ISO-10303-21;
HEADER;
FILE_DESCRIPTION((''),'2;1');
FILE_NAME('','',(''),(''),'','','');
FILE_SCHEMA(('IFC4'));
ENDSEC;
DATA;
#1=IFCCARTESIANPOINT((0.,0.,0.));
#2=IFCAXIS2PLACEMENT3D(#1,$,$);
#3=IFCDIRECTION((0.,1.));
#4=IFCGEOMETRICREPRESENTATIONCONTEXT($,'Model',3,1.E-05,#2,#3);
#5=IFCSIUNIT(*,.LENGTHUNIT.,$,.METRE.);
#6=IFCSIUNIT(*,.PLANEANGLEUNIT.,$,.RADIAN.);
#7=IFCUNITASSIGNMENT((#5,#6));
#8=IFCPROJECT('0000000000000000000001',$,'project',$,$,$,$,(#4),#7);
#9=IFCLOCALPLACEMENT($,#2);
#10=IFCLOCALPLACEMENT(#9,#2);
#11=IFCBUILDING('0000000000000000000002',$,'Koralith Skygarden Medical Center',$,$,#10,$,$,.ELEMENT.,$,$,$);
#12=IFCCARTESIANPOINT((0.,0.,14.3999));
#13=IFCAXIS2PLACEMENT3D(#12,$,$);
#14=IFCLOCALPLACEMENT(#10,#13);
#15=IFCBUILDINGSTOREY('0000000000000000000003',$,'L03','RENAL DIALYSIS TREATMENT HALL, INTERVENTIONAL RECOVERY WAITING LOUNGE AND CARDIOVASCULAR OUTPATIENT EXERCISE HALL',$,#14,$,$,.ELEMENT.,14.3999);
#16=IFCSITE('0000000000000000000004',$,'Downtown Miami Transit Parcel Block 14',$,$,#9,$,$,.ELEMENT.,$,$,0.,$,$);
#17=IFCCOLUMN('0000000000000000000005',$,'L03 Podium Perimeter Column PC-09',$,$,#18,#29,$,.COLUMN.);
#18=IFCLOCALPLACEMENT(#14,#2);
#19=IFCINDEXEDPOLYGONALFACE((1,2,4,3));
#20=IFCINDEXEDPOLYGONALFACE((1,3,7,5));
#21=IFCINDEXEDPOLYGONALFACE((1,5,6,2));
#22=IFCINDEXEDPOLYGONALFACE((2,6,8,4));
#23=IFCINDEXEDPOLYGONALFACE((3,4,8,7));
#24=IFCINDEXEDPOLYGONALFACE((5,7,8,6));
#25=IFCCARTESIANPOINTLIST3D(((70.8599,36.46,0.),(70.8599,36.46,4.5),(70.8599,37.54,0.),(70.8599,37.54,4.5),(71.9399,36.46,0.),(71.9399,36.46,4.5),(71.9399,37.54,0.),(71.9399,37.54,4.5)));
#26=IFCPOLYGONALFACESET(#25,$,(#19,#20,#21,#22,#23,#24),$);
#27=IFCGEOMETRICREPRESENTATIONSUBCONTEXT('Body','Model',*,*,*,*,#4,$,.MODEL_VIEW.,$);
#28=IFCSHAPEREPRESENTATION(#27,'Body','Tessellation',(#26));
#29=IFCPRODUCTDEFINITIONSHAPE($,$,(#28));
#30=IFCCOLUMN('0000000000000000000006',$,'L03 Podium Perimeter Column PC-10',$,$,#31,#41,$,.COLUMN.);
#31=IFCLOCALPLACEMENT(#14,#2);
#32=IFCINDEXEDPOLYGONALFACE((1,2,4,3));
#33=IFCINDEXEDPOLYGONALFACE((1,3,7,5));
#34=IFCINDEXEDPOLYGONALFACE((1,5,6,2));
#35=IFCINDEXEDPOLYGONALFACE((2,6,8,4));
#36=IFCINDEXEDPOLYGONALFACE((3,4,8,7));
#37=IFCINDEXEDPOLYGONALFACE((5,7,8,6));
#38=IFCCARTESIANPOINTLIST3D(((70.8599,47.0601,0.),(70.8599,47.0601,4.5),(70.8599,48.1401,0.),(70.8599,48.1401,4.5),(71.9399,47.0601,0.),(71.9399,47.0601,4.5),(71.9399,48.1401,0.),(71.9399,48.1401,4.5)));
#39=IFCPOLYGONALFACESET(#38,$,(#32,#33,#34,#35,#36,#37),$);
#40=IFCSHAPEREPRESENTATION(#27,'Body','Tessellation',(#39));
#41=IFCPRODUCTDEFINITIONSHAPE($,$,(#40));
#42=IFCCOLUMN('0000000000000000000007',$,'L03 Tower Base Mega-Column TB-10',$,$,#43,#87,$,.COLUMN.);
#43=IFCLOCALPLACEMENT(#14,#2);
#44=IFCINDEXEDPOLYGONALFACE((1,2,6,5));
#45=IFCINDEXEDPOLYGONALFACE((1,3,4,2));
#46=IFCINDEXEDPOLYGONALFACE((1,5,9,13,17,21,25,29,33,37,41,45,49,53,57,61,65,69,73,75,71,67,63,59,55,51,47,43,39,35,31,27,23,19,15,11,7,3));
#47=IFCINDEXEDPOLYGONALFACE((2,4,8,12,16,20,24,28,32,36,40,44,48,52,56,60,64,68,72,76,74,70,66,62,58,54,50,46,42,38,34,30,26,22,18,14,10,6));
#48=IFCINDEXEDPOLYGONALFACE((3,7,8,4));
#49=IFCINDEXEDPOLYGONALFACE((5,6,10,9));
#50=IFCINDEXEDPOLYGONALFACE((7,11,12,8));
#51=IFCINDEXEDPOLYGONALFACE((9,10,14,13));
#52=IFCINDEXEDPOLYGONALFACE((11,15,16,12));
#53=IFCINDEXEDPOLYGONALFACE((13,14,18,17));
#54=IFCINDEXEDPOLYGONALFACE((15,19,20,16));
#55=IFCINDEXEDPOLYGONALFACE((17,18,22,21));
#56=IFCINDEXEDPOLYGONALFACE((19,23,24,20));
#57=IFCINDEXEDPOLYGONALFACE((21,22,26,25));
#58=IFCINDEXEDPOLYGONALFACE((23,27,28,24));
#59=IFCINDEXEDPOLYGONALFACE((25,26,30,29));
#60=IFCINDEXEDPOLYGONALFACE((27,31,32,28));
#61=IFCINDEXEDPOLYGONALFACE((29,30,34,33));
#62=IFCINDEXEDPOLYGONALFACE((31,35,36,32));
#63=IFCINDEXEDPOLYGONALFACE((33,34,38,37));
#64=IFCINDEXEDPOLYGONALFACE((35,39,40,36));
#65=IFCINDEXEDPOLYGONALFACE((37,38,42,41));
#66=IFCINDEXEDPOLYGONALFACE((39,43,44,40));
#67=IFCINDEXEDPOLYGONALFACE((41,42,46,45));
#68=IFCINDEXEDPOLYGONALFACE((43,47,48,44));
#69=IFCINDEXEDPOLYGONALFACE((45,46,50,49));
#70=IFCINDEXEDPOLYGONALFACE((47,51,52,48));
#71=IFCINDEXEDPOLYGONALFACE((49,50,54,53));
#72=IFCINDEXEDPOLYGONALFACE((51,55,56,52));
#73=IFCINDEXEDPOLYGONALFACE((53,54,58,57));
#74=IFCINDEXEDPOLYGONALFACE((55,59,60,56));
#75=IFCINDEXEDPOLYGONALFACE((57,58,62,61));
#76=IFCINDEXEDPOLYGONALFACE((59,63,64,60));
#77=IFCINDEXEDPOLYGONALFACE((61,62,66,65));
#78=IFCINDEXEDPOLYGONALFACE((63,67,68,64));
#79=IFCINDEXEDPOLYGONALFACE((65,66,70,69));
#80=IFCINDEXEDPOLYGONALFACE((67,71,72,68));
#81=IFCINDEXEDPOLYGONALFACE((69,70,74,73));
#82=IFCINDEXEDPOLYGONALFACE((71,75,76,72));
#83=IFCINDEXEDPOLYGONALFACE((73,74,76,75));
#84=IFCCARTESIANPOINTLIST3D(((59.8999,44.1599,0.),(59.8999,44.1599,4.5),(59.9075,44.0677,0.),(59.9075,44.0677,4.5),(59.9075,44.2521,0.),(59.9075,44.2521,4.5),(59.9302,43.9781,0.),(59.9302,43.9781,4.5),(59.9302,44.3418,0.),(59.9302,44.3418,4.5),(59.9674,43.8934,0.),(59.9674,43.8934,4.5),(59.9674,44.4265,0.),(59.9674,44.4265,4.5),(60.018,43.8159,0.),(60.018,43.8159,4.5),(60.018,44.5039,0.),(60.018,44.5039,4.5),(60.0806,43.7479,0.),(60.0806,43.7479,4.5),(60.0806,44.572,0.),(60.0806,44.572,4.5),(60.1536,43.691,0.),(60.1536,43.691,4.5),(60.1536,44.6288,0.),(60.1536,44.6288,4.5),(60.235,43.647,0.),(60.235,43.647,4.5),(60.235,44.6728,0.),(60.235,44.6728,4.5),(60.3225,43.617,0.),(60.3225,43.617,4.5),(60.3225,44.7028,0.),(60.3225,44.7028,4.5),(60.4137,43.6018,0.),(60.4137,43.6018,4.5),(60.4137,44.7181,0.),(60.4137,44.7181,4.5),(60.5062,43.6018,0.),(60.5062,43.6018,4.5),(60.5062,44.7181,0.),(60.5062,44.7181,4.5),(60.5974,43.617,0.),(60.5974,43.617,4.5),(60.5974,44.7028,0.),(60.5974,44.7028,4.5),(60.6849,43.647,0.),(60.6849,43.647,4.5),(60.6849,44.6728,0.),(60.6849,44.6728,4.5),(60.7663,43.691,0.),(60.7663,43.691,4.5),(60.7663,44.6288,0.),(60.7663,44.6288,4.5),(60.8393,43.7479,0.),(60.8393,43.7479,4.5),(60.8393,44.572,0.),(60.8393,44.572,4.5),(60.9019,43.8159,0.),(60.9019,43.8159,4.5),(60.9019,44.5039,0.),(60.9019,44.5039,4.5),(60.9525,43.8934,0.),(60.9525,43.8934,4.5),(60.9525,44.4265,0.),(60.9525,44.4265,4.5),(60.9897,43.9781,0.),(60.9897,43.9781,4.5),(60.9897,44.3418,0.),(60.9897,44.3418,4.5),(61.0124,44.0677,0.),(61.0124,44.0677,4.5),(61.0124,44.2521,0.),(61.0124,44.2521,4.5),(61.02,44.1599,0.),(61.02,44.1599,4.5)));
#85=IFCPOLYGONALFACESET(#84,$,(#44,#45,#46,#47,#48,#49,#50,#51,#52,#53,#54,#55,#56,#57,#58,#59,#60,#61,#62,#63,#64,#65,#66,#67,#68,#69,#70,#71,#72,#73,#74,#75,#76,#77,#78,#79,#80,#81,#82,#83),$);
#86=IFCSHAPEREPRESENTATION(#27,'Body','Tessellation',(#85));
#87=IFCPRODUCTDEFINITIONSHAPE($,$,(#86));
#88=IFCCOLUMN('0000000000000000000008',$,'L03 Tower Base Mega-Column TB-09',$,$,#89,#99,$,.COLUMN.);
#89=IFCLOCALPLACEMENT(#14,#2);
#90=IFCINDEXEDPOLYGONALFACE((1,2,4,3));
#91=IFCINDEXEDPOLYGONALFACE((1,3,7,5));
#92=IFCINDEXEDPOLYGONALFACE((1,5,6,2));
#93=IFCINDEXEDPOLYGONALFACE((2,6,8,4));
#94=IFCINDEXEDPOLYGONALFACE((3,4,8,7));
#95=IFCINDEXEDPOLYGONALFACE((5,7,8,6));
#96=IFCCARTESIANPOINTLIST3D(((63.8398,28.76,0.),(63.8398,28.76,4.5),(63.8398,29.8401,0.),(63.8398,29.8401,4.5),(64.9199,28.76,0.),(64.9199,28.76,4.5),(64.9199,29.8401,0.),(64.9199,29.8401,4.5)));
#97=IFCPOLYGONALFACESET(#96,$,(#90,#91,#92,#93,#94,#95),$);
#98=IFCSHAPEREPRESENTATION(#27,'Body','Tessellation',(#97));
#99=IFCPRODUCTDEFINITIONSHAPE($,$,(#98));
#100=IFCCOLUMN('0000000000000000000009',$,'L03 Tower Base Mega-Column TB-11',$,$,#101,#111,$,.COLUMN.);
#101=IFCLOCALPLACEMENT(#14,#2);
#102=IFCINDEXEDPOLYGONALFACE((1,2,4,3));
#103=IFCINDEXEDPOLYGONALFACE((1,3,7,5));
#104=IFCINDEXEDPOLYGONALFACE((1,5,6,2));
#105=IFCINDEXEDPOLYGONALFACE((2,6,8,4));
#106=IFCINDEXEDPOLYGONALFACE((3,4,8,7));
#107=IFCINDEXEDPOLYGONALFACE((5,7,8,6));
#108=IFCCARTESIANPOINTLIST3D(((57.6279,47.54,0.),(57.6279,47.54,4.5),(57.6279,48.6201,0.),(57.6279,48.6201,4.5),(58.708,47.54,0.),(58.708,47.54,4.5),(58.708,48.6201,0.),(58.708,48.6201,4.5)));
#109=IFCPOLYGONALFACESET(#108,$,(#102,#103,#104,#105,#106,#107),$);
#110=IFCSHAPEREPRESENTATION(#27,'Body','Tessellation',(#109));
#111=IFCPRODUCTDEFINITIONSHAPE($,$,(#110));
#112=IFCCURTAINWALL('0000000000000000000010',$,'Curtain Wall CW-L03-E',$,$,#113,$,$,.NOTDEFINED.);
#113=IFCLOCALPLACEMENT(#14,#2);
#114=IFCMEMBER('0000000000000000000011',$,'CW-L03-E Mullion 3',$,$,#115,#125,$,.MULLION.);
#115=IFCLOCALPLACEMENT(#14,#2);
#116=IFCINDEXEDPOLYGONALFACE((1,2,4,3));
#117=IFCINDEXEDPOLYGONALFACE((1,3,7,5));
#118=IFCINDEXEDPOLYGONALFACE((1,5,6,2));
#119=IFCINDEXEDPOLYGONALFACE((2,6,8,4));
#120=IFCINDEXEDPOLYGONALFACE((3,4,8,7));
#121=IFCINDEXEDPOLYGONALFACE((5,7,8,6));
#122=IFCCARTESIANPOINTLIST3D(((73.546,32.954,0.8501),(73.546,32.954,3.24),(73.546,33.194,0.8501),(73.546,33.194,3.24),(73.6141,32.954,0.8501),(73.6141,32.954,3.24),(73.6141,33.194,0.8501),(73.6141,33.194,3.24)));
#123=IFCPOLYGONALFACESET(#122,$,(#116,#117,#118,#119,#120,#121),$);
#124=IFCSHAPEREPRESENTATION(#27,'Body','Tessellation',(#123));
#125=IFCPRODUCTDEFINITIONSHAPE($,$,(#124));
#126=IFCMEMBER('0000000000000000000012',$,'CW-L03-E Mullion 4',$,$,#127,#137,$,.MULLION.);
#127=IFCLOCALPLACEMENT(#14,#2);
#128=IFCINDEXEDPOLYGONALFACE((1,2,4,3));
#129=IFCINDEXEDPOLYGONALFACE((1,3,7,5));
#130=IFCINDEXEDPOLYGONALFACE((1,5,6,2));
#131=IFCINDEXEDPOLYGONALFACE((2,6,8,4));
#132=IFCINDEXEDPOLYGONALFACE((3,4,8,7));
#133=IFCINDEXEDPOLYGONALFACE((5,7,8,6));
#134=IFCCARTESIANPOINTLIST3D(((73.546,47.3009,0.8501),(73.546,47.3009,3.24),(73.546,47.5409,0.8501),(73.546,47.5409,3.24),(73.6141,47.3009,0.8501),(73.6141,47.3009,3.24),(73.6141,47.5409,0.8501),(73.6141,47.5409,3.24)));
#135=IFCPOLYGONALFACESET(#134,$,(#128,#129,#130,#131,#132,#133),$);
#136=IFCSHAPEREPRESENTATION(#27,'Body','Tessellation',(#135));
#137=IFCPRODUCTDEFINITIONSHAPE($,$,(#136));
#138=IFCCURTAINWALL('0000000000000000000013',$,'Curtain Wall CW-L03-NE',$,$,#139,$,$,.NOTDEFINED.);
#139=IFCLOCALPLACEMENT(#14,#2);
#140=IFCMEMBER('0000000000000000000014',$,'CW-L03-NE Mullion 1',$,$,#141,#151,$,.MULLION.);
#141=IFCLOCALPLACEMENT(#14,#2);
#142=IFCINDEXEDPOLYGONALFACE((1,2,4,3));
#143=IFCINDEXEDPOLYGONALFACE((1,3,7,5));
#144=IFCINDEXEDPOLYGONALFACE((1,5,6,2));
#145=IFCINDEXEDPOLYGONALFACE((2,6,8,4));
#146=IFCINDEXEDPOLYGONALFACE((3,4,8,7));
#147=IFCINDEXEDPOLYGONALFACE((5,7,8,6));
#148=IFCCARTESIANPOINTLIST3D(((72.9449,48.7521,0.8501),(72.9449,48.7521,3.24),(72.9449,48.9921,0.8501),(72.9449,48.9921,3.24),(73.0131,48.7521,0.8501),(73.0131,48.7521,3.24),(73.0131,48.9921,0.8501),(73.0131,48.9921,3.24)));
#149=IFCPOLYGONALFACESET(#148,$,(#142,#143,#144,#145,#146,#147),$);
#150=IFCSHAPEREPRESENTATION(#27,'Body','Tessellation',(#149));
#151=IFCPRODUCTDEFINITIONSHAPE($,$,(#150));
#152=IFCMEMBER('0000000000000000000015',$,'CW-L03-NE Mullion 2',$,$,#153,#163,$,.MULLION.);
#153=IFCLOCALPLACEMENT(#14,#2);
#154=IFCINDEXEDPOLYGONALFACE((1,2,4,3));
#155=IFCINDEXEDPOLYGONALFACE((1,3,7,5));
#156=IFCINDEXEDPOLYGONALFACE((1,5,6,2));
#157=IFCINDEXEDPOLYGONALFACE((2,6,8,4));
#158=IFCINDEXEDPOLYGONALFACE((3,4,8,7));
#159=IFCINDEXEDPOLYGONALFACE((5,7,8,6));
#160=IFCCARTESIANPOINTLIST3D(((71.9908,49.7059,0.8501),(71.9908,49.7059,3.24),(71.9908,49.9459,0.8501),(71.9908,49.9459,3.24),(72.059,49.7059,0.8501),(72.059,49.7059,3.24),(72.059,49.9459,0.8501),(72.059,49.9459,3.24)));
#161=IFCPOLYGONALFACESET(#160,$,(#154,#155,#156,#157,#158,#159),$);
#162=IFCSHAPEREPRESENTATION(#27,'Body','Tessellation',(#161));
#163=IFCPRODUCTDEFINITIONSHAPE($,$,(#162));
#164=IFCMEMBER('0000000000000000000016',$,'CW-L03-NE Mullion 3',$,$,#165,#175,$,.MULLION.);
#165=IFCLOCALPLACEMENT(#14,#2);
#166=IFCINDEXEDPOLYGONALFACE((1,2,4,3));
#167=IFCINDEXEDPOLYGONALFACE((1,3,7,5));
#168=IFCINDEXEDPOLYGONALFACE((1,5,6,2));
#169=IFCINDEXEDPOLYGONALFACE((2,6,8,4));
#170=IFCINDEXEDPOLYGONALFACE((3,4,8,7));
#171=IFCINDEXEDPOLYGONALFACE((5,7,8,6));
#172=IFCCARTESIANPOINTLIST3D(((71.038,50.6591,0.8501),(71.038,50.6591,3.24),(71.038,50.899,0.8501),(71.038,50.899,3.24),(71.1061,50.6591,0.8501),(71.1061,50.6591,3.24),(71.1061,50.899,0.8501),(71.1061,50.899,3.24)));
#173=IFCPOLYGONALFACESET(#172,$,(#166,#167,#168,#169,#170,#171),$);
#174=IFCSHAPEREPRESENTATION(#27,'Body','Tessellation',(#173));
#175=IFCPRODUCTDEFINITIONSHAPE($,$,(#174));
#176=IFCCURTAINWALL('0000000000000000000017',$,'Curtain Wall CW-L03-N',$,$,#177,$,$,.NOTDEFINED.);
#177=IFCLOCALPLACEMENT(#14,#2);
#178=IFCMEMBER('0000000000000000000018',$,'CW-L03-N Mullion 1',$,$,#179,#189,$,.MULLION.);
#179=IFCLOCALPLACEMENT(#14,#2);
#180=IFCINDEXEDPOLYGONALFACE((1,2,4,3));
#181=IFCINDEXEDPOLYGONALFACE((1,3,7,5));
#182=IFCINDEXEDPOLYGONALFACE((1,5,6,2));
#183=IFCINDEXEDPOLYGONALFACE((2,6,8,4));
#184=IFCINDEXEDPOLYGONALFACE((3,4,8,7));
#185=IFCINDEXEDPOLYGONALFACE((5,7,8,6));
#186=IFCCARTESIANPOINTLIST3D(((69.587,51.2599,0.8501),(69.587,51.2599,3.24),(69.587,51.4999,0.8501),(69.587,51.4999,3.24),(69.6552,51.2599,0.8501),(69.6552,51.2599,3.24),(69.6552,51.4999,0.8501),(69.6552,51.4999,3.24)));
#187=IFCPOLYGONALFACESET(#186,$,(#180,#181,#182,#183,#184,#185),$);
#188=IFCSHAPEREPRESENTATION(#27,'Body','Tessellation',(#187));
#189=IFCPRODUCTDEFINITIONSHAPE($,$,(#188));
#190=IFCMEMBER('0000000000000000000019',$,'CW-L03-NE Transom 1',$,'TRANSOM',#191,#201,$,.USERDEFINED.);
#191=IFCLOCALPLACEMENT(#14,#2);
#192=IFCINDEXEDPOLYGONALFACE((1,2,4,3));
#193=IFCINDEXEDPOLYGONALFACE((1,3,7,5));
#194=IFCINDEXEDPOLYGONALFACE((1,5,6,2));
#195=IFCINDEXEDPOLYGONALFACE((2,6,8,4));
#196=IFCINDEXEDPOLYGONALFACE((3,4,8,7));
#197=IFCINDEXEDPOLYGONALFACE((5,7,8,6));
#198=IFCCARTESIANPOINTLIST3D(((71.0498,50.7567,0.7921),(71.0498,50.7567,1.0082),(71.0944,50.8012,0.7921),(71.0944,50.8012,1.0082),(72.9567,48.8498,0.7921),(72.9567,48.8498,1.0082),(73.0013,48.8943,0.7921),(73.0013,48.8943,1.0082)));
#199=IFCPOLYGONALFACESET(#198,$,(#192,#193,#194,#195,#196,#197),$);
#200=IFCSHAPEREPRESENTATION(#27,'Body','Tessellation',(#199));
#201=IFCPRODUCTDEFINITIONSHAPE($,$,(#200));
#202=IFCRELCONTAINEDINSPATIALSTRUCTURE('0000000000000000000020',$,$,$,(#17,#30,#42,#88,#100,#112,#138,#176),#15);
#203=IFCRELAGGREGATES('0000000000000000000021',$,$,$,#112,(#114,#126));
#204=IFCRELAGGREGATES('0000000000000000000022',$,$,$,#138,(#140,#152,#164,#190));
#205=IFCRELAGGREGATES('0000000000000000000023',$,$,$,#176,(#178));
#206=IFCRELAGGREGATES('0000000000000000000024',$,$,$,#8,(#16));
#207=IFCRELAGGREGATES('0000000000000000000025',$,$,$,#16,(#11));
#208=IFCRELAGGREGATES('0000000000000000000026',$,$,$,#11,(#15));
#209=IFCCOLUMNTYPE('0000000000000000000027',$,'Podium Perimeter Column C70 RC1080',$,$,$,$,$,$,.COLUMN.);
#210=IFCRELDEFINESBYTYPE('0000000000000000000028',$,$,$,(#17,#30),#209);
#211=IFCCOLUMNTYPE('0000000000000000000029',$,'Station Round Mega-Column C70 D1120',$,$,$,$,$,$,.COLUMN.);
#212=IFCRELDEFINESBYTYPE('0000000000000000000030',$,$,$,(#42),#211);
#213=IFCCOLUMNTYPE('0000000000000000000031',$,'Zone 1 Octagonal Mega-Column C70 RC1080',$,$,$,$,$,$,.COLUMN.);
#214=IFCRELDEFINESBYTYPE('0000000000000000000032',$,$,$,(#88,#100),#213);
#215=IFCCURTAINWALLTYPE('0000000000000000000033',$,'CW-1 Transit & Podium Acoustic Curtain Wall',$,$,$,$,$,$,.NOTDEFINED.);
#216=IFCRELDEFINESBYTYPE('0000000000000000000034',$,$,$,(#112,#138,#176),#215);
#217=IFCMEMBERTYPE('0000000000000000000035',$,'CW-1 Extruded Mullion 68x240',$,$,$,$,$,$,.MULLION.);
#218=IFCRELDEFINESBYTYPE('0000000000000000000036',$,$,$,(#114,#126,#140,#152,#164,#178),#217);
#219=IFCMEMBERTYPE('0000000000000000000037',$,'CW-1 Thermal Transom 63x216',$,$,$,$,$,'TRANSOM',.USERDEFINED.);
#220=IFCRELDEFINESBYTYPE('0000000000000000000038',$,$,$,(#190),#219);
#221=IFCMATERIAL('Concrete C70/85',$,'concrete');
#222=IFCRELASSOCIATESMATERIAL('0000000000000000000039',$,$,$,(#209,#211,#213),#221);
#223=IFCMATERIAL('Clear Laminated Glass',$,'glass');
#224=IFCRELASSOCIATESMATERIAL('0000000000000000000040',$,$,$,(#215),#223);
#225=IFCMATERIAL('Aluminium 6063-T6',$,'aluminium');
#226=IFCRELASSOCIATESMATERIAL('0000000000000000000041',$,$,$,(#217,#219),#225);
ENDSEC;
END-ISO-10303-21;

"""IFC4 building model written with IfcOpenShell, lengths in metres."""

from ifc_helpers import new_model, si_unit, direction, frame, origin, origin_2d, place, context, subcontext, project, spatial, rectangle, circle, extrude, material, material_profile, profile_set, type_object, element, aggregate, save


model = new_model("IFC4")

# Units and contexts
model_context = context("Model", 3, precision=1e-05, world=origin(), true_north=direction((0.0, 1.0)))
body_context = subcontext(model_context, "Body", "Model", "MODEL_VIEW")
ifc_project = project(units=[si_unit("LENGTHUNIT", "METRE"), si_unit("PLANEANGLEUNIT", "RADIAN")], contexts=[model_context])

# Site, building, storey
site_placement = place(None, origin())
site = spatial("IfcSite", under=ifc_project, at=site_placement, Name="Downtown Miami Transit Parcel Block 14", CompositionType="ELEMENT", RefElevation=0.0)
building_placement = place(site_placement, origin())
building = spatial("IfcBuilding", under=site, at=building_placement, Name="Koralith Skygarden Medical Center", CompositionType="ELEMENT")
storey_placement = place(building_placement, frame((0.0, 0.0, 14.3999)))
storey = spatial("IfcBuildingStorey", under=building, at=storey_placement, Name="L03", Description="RENAL DIALYSIS TREATMENT HALL, INTERVENTIONAL RECOVERY WAITING LOUNGE AND CARDIOVASCULAR OUTPATIENT EXERCISE HALL", CompositionType="ELEMENT", Elevation=14.3999)

# Columns
ifc_material_1 = material(Name="Concrete C70/85", Category="concrete")
ifc_material_profile_1 = material_profile(ifc_material_1, rectangle(XDim=1.0801, YDim=1.0801, at=origin_2d()), Name="RC1080X1080")
ifc_profile_set_1 = profile_set([ifc_material_profile_1], Name="Concrete C70/85")
column_type_1 = type_object("IfcColumnType", Name="Podium Perimeter Column C70 RC1080", PredefinedType="COLUMN", material=ifc_profile_set_1)
for number, where, z_axis, x_axis, name in (
    (1, (71.3999, 37.0, 0.0), (0.0, 0.0, 1.0), (1.0, 0.0, 0.0), "L03 Podium Perimeter Column PC-09"),
    (2, (71.3999, 47.6001, 0.0), (0.0, 0.0, 1.0), (1.0, 0.0, 0.0), "L03 Podium Perimeter Column PC-10"),
):
    element("IfcColumn", number, at=place(storey_placement, frame(where, z_axis=z_axis, x_axis=x_axis)), inside=storey, type_object=column_type_1, Name=name, PredefinedType="COLUMN", context=body_context, shape_type="SweptSolid", body=[
        extrude(rectangle(XDim=1.0801, YDim=1.0801, at=origin_2d()), origin(), (0.0, 0.0, 1.0), 4.5),
    ])
ifc_material_profile_2 = material_profile(ifc_material_1, circle(Radius=0.5601, at=origin_2d()), Name="RCCOL1120")
ifc_profile_set_2 = profile_set([ifc_material_profile_2], Name="Concrete C70/85")
column_type_2 = type_object("IfcColumnType", Name="Station Round Mega-Column C70 D1120", PredefinedType="COLUMN", material=ifc_profile_set_2)
column_placement = place(storey_placement, frame((60.46, 44.1599, 0.0), z_axis=(0.0, 0.0, 1.0), x_axis=(1.0, 0.0, 0.0)))
element("IfcColumn", 3, at=column_placement, inside=storey, type_object=column_type_2, Name="L03 Tower Base Mega-Column TB-10", PredefinedType="COLUMN", context=body_context, shape_type="SweptSolid", body=[
    extrude(circle(Radius=0.5601, at=origin_2d()), origin(), (0.0, 0.0, 1.0), 4.5),
])
ifc_material_profile_3 = material_profile(ifc_material_1, rectangle(XDim=1.0801, YDim=1.0801, at=origin_2d()), Name="RC1080X1080")
ifc_profile_set_3 = profile_set([ifc_material_profile_3], Name="Concrete C70/85")
column_type_3 = type_object("IfcColumnType", Name="Zone 1 Octagonal Mega-Column C70 RC1080", PredefinedType="COLUMN", material=ifc_profile_set_3)
for number, where, z_axis, x_axis, name in (
    (4, (64.3799, 29.3, 0.0), (0.0, 0.0, 1.0), (1.0, 0.0, 0.0), "L03 Tower Base Mega-Column TB-09"),
    (5, (58.168, 48.0801, 0.0), (0.0, 0.0, 1.0), (1.0, 0.0, 0.0), "L03 Tower Base Mega-Column TB-11"),
):
    element("IfcColumn", number, at=place(storey_placement, frame(where, z_axis=z_axis, x_axis=x_axis)), inside=storey, type_object=column_type_3, Name=name, PredefinedType="COLUMN", context=body_context, shape_type="SweptSolid", body=[
        extrude(rectangle(XDim=1.0801, YDim=1.0801, at=origin_2d()), origin(), (0.0, 0.0, 1.0), 4.5),
    ])

# Curtain walls, members
ifc_material_2 = material(Name="Clear Laminated Glass", Category="glass")
curtain_wall_type = type_object("IfcCurtainWallType", Name="CW-1 Transit & Podium Acoustic Curtain Wall", PredefinedType="NOTDEFINED", material=ifc_material_2)
curtain_wall_1_placement = place(storey_placement, origin())
curtain_wall_1 = element("IfcCurtainWall", 6, at=curtain_wall_1_placement, inside=storey, type_object=curtain_wall_type, Name="Curtain Wall CW-L03-E", PredefinedType="NOTDEFINED")
ifc_material_3 = material(Name="Aluminium 6063-T6", Category="aluminium")
ifc_material_profile_4 = material_profile(ifc_material_3, rectangle(XDim=0.0681, YDim=0.24, at=origin_2d()), Name="MUL68X240")
ifc_profile_set_4 = profile_set([ifc_material_profile_4], Name="Aluminium 6063-T6")
member_type_1 = type_object("IfcMemberType", Name="CW-1 Extruded Mullion 68x240", PredefinedType="MULLION", material=ifc_profile_set_4)
member_1_placement = place(storey_placement, frame((73.5801, 33.074, 0.8501), z_axis=(0.0, 0.0, 1.0), x_axis=(1.0, 0.0, 0.0)))
member_1 = element("IfcMember", 7, at=member_1_placement, type_object=member_type_1, Name="CW-L03-E Mullion 3", PredefinedType="MULLION", context=body_context, shape_type="SweptSolid", body=[
    extrude(rectangle(XDim=0.0681, YDim=0.24, at=origin_2d()), origin(), (0.0, 0.0, 1.0), 2.3899),
])
member_2_placement = place(storey_placement, frame((73.5801, 47.4209, 0.8501), z_axis=(0.0, 0.0, 1.0), x_axis=(1.0, 0.0, 0.0)))
member_2 = element("IfcMember", 8, at=member_2_placement, type_object=member_type_1, Name="CW-L03-E Mullion 4", PredefinedType="MULLION", context=body_context, shape_type="SweptSolid", body=[
    extrude(rectangle(XDim=0.0681, YDim=0.24, at=origin_2d()), origin(), (0.0, 0.0, 1.0), 2.3899),
])
curtain_wall_2_placement = place(storey_placement, origin())
curtain_wall_2 = element("IfcCurtainWall", 9, at=curtain_wall_2_placement, inside=storey, type_object=curtain_wall_type, Name="Curtain Wall CW-L03-NE", PredefinedType="NOTDEFINED")
member_3_placement = place(storey_placement, frame((72.979, 48.8721, 0.8501), z_axis=(0.0, 0.0, 1.0), x_axis=(1.0, 0.0, 0.0)))
member_3 = element("IfcMember", 10, at=member_3_placement, type_object=member_type_1, Name="CW-L03-NE Mullion 1", PredefinedType="MULLION", context=body_context, shape_type="SweptSolid", body=[
    extrude(rectangle(XDim=0.0681, YDim=0.24, at=origin_2d()), origin(), (0.0, 0.0, 1.0), 2.3899),
])
member_4_placement = place(storey_placement, frame((72.0249, 49.8259, 0.8501), z_axis=(0.0, 0.0, 1.0), x_axis=(1.0, 0.0, 0.0)))
member_4 = element("IfcMember", 11, at=member_4_placement, type_object=member_type_1, Name="CW-L03-NE Mullion 2", PredefinedType="MULLION", context=body_context, shape_type="SweptSolid", body=[
    extrude(rectangle(XDim=0.0681, YDim=0.24, at=origin_2d()), origin(), (0.0, 0.0, 1.0), 2.3899),
])
member_5_placement = place(storey_placement, frame((71.072, 50.7791, 0.8501), z_axis=(0.0, 0.0, 1.0), x_axis=(1.0, 0.0, 0.0)))
member_5 = element("IfcMember", 12, at=member_5_placement, type_object=member_type_1, Name="CW-L03-NE Mullion 3", PredefinedType="MULLION", context=body_context, shape_type="SweptSolid", body=[
    extrude(rectangle(XDim=0.0681, YDim=0.24, at=origin_2d()), origin(), (0.0, 0.0, 1.0), 2.3899),
])

# Curtain wall, member
curtain_wall_3_placement = place(storey_placement, origin())
curtain_wall_3 = element("IfcCurtainWall", 13, at=curtain_wall_3_placement, inside=storey, type_object=curtain_wall_type, Name="Curtain Wall CW-L03-N", PredefinedType="NOTDEFINED")
member_6_placement = place(storey_placement, frame((69.6211, 51.3799, 0.8501), z_axis=(0.0, 0.0, 1.0), x_axis=(1.0, 0.0, 0.0)))
member_6 = element("IfcMember", 14, at=member_6_placement, type_object=member_type_1, Name="CW-L03-N Mullion 1", PredefinedType="MULLION", context=body_context, shape_type="SweptSolid", body=[
    extrude(rectangle(XDim=0.0681, YDim=0.24, at=origin_2d()), origin(), (0.0, 0.0, 1.0), 2.3899),
])

# Member
ifc_material_profile_5 = material_profile(ifc_material_3, rectangle(XDim=0.063, YDim=0.2161, at=origin_2d()), Name="TRN63X216")
ifc_profile_set_5 = profile_set([ifc_material_profile_5], Name="Aluminium 6063-T6")
member_type_2 = type_object("IfcMemberType", Name="CW-1 Thermal Transom 63x216", ElementType="TRANSOM", PredefinedType="USERDEFINED", material=ifc_profile_set_5)
member_7_placement = place(storey_placement, frame((72.979, 48.8721, 0.9001), z_axis=(-0.707107, 0.707107, 0.0), x_axis=(-0.707107, -0.707107, 0.0)))
member_7 = element("IfcMember", 15, at=member_7_placement, type_object=member_type_2, Name="CW-L03-NE Transom 1", ObjectType="TRANSOM", PredefinedType="USERDEFINED", context=body_context, shape_type="SweptSolid", body=[
    extrude(rectangle(XDim=0.063, YDim=0.2161, at=origin_2d()), origin(), (0.0, 0.0, 1.0), 2.6968),
])

aggregate(curtain_wall_1, [member_1, member_2])
aggregate(curtain_wall_2, [member_3, member_4, member_5, member_7])
aggregate(curtain_wall_3, [member_6])

save(model, "model.ifc")
